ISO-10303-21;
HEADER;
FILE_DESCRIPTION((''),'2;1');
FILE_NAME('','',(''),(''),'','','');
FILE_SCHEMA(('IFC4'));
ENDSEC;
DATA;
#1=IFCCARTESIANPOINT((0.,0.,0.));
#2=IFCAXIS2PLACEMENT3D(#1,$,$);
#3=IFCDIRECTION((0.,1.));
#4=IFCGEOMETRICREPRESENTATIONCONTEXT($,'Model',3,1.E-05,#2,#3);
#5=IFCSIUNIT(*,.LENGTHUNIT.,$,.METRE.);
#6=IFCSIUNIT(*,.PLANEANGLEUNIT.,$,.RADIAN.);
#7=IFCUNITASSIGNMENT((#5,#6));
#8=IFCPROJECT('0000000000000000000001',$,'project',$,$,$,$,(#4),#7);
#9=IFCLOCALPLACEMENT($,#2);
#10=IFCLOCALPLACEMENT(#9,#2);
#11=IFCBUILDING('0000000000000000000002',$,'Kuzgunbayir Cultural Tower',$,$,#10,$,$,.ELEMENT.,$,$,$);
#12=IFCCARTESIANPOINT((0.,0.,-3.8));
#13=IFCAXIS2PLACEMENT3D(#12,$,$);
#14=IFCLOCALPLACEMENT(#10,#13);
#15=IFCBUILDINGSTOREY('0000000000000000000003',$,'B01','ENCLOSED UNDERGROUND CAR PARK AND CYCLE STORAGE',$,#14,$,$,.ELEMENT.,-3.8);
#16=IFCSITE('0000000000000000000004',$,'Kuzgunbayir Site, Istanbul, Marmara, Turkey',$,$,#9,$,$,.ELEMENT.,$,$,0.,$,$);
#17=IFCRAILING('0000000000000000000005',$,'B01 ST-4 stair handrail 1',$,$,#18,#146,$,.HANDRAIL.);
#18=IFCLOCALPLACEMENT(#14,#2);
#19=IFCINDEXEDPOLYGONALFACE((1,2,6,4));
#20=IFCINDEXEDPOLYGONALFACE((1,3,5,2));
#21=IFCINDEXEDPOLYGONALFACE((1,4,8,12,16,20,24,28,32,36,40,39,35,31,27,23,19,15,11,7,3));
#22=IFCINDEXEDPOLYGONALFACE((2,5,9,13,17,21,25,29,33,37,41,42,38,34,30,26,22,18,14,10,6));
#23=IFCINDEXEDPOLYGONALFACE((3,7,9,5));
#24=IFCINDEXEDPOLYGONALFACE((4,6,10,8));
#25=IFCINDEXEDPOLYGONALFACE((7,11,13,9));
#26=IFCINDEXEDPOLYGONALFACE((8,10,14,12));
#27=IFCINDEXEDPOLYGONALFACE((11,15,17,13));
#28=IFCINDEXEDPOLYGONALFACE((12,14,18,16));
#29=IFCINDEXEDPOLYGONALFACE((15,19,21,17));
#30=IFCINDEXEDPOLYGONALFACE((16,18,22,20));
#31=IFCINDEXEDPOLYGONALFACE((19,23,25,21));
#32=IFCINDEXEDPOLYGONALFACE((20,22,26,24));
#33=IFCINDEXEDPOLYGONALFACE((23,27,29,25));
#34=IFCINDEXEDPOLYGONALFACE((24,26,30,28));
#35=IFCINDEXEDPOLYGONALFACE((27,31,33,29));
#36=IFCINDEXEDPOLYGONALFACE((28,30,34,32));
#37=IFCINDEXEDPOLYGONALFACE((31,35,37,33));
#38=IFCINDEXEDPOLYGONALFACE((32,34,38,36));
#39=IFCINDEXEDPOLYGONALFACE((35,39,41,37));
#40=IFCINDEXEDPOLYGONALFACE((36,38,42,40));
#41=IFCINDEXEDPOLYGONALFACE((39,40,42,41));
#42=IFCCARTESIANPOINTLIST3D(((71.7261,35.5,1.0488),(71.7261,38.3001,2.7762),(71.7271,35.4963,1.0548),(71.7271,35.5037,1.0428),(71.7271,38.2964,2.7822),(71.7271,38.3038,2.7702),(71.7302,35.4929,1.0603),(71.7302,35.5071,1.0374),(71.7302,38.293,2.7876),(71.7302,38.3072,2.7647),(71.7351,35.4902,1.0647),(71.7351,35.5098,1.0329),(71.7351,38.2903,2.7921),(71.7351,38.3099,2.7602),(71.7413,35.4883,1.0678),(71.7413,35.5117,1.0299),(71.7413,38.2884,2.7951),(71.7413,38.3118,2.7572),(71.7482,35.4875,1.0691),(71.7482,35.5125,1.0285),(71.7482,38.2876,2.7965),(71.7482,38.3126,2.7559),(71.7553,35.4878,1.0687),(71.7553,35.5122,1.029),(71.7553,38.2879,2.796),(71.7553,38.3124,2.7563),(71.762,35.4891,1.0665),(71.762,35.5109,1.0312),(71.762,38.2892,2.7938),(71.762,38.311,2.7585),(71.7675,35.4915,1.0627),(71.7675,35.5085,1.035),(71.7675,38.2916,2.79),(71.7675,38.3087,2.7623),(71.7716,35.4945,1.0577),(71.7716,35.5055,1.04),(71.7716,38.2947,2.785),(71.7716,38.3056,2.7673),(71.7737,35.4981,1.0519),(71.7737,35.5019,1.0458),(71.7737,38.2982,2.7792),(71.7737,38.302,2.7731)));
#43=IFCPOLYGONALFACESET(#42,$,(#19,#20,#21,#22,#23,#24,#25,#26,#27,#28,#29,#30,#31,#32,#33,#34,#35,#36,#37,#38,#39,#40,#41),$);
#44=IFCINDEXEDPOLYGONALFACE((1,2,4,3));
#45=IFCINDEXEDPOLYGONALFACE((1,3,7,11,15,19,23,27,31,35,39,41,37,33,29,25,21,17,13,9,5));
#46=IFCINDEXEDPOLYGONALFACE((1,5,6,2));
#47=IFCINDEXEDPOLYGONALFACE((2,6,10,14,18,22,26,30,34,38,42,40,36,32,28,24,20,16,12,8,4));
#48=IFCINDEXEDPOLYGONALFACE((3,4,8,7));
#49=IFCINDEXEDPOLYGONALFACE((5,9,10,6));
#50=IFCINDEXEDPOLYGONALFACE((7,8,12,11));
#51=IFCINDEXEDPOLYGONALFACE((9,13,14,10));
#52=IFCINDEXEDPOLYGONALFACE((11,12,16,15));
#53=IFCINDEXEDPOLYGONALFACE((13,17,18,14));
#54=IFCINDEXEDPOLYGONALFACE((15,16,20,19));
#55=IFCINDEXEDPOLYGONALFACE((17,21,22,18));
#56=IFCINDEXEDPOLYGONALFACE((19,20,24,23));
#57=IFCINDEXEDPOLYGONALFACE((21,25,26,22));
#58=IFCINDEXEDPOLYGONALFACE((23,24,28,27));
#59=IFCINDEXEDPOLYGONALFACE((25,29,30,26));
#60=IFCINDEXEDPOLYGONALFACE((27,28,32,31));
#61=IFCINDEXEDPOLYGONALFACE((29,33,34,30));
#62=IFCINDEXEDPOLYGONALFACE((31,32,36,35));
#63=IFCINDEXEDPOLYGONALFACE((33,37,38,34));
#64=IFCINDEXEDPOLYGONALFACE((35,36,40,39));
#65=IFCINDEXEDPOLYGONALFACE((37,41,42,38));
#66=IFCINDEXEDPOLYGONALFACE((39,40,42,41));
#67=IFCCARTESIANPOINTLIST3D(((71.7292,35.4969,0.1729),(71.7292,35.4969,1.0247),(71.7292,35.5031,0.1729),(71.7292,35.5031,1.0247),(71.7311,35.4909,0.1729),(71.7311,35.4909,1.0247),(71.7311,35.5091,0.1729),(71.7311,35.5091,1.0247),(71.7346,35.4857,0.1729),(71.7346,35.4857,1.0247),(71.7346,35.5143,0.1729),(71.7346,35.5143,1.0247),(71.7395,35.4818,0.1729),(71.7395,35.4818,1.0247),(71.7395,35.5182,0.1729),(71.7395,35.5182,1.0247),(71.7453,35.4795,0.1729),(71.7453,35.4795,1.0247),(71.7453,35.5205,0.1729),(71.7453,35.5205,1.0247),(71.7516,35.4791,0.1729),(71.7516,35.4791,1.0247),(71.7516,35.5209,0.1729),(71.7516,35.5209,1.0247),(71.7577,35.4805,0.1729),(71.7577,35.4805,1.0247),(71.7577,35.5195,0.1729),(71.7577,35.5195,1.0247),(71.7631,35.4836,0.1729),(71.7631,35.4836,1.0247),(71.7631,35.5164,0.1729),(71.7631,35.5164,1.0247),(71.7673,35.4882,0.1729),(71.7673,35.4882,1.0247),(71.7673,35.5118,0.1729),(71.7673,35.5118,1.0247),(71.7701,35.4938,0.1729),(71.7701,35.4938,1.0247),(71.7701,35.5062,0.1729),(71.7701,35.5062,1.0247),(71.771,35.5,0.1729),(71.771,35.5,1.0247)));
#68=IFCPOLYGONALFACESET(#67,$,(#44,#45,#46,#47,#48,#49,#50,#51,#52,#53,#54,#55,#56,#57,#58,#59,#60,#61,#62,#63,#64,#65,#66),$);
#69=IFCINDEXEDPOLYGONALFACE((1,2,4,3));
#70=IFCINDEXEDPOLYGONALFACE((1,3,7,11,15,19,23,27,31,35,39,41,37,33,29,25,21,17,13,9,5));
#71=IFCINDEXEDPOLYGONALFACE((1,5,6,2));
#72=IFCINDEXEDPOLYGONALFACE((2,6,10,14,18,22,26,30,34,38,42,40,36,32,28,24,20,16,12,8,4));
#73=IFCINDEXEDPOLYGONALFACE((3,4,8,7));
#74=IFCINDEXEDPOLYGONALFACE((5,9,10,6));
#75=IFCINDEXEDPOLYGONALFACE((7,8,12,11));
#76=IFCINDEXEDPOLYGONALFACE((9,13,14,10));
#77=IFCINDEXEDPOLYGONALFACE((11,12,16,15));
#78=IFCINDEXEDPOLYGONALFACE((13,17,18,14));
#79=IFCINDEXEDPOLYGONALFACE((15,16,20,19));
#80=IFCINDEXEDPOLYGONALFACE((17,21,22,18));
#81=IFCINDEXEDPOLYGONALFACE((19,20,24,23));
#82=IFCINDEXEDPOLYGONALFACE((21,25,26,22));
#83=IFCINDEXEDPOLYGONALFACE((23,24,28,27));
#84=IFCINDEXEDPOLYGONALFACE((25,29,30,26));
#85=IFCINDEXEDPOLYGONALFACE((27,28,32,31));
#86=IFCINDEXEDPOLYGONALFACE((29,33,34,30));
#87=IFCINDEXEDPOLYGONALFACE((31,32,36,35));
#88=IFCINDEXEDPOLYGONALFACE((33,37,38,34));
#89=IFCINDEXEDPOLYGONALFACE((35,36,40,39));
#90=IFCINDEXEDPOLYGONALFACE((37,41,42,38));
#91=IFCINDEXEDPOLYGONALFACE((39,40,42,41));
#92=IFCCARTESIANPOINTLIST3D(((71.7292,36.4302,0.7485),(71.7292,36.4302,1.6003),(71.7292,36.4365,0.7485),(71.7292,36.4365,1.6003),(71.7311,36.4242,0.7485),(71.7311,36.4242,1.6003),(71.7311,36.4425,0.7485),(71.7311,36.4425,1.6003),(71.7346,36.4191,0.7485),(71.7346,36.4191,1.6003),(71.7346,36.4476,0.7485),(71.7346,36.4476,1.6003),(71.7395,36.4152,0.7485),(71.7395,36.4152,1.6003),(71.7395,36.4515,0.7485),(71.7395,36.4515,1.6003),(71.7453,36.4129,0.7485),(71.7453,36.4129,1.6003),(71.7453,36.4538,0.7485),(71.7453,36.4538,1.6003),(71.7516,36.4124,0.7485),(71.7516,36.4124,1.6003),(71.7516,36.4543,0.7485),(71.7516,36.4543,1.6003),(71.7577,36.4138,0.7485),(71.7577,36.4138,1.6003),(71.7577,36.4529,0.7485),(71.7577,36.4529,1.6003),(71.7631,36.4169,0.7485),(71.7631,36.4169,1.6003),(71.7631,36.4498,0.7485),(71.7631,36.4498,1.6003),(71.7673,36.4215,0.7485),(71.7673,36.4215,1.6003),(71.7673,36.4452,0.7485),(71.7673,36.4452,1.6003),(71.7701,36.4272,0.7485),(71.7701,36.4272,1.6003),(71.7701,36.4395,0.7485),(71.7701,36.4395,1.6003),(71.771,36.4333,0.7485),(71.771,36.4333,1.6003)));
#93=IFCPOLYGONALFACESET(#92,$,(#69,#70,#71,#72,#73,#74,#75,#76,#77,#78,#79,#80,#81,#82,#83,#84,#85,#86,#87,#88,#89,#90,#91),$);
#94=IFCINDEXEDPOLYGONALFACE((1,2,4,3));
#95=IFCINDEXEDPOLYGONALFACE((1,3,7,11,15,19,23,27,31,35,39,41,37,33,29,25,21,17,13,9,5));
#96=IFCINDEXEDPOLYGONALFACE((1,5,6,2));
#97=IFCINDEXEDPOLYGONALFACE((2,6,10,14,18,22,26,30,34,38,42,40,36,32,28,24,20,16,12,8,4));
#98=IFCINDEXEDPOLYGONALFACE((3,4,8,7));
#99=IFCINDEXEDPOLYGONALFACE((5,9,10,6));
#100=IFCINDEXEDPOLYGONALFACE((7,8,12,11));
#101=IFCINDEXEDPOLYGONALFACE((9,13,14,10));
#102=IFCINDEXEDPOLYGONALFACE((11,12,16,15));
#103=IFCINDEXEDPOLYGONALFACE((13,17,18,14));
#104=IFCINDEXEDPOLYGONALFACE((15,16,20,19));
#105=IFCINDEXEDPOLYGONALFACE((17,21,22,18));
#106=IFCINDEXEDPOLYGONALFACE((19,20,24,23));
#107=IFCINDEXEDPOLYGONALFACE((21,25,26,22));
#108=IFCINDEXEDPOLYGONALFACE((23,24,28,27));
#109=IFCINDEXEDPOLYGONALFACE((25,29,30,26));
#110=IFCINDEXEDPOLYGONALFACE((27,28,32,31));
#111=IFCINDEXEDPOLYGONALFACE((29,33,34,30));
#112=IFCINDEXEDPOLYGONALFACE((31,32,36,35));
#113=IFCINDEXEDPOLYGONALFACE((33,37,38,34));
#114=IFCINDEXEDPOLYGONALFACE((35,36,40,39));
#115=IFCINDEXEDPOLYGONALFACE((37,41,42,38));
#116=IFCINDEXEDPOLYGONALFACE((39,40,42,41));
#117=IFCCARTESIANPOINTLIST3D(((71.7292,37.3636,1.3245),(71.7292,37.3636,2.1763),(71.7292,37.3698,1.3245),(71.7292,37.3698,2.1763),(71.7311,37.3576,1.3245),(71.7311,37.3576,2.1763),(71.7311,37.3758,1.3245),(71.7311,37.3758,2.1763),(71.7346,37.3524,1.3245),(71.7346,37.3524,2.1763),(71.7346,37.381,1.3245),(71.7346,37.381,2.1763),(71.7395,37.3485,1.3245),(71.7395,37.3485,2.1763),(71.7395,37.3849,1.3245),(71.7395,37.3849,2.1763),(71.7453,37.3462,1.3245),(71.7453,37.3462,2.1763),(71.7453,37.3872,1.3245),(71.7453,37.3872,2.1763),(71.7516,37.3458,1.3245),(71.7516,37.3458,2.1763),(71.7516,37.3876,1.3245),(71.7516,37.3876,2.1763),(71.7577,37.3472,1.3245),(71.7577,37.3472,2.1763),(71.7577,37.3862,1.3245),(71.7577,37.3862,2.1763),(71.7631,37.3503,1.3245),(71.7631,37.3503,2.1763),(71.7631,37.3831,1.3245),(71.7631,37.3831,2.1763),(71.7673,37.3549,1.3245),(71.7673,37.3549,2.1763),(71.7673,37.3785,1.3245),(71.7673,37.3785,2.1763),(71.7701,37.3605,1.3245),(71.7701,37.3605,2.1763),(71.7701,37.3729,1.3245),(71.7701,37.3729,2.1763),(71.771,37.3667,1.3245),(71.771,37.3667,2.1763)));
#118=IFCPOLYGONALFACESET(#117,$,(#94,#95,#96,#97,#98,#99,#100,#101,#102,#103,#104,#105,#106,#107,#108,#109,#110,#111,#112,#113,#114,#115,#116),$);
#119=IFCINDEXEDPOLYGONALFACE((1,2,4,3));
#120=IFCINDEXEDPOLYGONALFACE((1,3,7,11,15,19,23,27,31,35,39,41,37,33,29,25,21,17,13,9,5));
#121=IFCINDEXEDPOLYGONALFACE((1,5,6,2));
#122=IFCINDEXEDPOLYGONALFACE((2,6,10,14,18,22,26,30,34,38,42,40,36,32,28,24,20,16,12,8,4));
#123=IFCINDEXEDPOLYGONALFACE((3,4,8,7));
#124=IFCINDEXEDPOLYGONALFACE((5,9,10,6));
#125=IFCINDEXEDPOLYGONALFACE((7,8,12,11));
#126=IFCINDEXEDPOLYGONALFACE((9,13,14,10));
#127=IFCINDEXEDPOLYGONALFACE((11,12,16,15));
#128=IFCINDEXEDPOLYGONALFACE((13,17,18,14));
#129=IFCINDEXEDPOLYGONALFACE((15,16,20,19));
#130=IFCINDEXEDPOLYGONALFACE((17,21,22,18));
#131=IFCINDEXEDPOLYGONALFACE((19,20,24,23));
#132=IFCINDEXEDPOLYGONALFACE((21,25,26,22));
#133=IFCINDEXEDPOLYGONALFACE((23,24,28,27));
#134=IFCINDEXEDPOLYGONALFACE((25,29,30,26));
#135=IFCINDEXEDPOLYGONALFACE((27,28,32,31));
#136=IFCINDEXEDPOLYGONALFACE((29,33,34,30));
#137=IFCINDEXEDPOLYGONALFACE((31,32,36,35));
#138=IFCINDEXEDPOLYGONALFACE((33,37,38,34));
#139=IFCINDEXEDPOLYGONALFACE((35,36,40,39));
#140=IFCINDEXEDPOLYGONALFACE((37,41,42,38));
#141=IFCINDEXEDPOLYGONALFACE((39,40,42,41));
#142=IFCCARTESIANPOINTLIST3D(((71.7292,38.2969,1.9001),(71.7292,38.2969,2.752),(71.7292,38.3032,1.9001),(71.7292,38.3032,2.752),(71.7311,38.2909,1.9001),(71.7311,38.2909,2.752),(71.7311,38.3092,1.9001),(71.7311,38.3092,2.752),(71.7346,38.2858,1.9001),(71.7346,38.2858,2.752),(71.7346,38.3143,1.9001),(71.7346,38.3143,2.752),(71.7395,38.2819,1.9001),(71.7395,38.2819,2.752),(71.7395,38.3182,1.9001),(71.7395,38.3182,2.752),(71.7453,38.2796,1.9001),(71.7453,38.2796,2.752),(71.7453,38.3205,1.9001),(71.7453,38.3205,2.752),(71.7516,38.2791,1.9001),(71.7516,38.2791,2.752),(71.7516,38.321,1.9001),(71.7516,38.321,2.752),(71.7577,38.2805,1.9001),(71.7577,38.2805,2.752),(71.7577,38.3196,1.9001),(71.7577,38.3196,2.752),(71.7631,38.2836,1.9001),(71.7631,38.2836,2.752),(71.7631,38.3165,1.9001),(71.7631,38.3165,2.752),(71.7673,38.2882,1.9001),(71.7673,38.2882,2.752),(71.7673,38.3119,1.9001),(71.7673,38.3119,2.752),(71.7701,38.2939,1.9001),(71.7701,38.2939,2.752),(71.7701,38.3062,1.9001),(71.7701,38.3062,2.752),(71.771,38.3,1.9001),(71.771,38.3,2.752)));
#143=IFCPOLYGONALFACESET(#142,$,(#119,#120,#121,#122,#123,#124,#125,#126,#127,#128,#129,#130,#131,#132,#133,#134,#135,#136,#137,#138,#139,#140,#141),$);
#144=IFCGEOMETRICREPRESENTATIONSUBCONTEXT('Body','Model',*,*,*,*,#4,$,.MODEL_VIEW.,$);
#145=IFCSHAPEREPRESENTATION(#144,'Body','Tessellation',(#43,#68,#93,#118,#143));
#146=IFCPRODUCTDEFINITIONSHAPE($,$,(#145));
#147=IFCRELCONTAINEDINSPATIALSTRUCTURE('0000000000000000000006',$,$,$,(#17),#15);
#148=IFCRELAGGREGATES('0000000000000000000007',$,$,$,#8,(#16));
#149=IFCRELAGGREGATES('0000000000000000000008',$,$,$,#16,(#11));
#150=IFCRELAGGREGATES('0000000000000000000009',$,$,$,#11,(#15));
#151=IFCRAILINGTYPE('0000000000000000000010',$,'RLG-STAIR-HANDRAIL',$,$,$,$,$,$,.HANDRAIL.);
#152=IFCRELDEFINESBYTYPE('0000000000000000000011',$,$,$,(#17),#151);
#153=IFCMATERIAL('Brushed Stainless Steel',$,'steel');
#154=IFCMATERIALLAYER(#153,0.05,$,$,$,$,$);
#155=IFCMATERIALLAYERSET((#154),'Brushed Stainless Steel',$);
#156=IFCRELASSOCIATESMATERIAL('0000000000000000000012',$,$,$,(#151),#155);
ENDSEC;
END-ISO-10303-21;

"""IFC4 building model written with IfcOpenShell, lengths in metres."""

from ifc_helpers import new_model, si_unit, direction, frame, origin, origin_2d, place, context, subcontext, project, spatial, circle, extrude, material, layer, layer_set, type_object, element, save


model = new_model("IFC4")

# Units and contexts
model_context = context("Model", 3, precision=1e-05, world=origin(), true_north=direction((0.0, 1.0)))
body_context = subcontext(model_context, "Body", "Model", "MODEL_VIEW")
ifc_project = project(units=[si_unit("LENGTHUNIT", "METRE"), si_unit("PLANEANGLEUNIT", "RADIAN")], contexts=[model_context])

# Site, building, storey
site_placement = place(None, origin())
site = spatial("IfcSite", under=ifc_project, at=site_placement, Name="Kuzgunbayir Site, Istanbul, Marmara, Turkey", CompositionType="ELEMENT", RefElevation=0.0)
building_placement = place(site_placement, origin())
building = spatial("IfcBuilding", under=site, at=building_placement, Name="Kuzgunbayir Cultural Tower", CompositionType="ELEMENT")
storey_placement = place(building_placement, frame((0.0, 0.0, -3.8)))
storey = spatial("IfcBuildingStorey", under=building, at=storey_placement, Name="B01", Description="ENCLOSED UNDERGROUND CAR PARK AND CYCLE STORAGE", CompositionType="ELEMENT", Elevation=-3.8)

# Shared definitions
ifc_material_1 = material(Name="Brushed Stainless Steel", Category="steel")

# Railing
ifc_layer_1 = layer(ifc_material_1, 0.05)
ifc_layer_set_1 = layer_set([ifc_layer_1], Name="Brushed Stainless Steel")
railing_type_1 = type_object("IfcRailingType", Name="RLG-STAIR-HANDRAIL", PredefinedType="HANDRAIL", material=ifc_layer_set_1)
railing_1_placement = place(storey_placement, frame((71.75, 35.5, 0.1729)))
element("IfcRailing", 1, at=railing_1_placement, inside=storey, type_object=railing_type_1, Name="B01 ST-4 stair handrail 1", PredefinedType="HANDRAIL", context=body_context, shape_type="SweptSolid", body=[
    extrude(circle(Radius=0.0239, at=origin_2d()), frame((0.0, 0.0, 0.876), z_axis=(0.0, 0.85109, 0.52502), x_axis=(-1.0, 0.0, 0.0)), (0.0, 0.0, 1.0), 3.29),
    extrude(circle(Radius=0.021, at=origin_2d()), origin(), (0.0, 0.0, 1.0), 0.8518),
    extrude(circle(Radius=0.021, at=origin_2d()), frame((0.0, 0.9333, 0.5757)), (0.0, 0.0, 1.0), 0.8518),
    extrude(circle(Radius=0.021, at=origin_2d()), frame((0.0, 1.8667, 1.1516)), (0.0, 0.0, 1.0), 0.8518),
    extrude(circle(Radius=0.021, at=origin_2d()), frame((0.0, 2.8, 1.7273)), (0.0, 0.0, 1.0), 0.8518),
])

save(model, "model.ifc")
